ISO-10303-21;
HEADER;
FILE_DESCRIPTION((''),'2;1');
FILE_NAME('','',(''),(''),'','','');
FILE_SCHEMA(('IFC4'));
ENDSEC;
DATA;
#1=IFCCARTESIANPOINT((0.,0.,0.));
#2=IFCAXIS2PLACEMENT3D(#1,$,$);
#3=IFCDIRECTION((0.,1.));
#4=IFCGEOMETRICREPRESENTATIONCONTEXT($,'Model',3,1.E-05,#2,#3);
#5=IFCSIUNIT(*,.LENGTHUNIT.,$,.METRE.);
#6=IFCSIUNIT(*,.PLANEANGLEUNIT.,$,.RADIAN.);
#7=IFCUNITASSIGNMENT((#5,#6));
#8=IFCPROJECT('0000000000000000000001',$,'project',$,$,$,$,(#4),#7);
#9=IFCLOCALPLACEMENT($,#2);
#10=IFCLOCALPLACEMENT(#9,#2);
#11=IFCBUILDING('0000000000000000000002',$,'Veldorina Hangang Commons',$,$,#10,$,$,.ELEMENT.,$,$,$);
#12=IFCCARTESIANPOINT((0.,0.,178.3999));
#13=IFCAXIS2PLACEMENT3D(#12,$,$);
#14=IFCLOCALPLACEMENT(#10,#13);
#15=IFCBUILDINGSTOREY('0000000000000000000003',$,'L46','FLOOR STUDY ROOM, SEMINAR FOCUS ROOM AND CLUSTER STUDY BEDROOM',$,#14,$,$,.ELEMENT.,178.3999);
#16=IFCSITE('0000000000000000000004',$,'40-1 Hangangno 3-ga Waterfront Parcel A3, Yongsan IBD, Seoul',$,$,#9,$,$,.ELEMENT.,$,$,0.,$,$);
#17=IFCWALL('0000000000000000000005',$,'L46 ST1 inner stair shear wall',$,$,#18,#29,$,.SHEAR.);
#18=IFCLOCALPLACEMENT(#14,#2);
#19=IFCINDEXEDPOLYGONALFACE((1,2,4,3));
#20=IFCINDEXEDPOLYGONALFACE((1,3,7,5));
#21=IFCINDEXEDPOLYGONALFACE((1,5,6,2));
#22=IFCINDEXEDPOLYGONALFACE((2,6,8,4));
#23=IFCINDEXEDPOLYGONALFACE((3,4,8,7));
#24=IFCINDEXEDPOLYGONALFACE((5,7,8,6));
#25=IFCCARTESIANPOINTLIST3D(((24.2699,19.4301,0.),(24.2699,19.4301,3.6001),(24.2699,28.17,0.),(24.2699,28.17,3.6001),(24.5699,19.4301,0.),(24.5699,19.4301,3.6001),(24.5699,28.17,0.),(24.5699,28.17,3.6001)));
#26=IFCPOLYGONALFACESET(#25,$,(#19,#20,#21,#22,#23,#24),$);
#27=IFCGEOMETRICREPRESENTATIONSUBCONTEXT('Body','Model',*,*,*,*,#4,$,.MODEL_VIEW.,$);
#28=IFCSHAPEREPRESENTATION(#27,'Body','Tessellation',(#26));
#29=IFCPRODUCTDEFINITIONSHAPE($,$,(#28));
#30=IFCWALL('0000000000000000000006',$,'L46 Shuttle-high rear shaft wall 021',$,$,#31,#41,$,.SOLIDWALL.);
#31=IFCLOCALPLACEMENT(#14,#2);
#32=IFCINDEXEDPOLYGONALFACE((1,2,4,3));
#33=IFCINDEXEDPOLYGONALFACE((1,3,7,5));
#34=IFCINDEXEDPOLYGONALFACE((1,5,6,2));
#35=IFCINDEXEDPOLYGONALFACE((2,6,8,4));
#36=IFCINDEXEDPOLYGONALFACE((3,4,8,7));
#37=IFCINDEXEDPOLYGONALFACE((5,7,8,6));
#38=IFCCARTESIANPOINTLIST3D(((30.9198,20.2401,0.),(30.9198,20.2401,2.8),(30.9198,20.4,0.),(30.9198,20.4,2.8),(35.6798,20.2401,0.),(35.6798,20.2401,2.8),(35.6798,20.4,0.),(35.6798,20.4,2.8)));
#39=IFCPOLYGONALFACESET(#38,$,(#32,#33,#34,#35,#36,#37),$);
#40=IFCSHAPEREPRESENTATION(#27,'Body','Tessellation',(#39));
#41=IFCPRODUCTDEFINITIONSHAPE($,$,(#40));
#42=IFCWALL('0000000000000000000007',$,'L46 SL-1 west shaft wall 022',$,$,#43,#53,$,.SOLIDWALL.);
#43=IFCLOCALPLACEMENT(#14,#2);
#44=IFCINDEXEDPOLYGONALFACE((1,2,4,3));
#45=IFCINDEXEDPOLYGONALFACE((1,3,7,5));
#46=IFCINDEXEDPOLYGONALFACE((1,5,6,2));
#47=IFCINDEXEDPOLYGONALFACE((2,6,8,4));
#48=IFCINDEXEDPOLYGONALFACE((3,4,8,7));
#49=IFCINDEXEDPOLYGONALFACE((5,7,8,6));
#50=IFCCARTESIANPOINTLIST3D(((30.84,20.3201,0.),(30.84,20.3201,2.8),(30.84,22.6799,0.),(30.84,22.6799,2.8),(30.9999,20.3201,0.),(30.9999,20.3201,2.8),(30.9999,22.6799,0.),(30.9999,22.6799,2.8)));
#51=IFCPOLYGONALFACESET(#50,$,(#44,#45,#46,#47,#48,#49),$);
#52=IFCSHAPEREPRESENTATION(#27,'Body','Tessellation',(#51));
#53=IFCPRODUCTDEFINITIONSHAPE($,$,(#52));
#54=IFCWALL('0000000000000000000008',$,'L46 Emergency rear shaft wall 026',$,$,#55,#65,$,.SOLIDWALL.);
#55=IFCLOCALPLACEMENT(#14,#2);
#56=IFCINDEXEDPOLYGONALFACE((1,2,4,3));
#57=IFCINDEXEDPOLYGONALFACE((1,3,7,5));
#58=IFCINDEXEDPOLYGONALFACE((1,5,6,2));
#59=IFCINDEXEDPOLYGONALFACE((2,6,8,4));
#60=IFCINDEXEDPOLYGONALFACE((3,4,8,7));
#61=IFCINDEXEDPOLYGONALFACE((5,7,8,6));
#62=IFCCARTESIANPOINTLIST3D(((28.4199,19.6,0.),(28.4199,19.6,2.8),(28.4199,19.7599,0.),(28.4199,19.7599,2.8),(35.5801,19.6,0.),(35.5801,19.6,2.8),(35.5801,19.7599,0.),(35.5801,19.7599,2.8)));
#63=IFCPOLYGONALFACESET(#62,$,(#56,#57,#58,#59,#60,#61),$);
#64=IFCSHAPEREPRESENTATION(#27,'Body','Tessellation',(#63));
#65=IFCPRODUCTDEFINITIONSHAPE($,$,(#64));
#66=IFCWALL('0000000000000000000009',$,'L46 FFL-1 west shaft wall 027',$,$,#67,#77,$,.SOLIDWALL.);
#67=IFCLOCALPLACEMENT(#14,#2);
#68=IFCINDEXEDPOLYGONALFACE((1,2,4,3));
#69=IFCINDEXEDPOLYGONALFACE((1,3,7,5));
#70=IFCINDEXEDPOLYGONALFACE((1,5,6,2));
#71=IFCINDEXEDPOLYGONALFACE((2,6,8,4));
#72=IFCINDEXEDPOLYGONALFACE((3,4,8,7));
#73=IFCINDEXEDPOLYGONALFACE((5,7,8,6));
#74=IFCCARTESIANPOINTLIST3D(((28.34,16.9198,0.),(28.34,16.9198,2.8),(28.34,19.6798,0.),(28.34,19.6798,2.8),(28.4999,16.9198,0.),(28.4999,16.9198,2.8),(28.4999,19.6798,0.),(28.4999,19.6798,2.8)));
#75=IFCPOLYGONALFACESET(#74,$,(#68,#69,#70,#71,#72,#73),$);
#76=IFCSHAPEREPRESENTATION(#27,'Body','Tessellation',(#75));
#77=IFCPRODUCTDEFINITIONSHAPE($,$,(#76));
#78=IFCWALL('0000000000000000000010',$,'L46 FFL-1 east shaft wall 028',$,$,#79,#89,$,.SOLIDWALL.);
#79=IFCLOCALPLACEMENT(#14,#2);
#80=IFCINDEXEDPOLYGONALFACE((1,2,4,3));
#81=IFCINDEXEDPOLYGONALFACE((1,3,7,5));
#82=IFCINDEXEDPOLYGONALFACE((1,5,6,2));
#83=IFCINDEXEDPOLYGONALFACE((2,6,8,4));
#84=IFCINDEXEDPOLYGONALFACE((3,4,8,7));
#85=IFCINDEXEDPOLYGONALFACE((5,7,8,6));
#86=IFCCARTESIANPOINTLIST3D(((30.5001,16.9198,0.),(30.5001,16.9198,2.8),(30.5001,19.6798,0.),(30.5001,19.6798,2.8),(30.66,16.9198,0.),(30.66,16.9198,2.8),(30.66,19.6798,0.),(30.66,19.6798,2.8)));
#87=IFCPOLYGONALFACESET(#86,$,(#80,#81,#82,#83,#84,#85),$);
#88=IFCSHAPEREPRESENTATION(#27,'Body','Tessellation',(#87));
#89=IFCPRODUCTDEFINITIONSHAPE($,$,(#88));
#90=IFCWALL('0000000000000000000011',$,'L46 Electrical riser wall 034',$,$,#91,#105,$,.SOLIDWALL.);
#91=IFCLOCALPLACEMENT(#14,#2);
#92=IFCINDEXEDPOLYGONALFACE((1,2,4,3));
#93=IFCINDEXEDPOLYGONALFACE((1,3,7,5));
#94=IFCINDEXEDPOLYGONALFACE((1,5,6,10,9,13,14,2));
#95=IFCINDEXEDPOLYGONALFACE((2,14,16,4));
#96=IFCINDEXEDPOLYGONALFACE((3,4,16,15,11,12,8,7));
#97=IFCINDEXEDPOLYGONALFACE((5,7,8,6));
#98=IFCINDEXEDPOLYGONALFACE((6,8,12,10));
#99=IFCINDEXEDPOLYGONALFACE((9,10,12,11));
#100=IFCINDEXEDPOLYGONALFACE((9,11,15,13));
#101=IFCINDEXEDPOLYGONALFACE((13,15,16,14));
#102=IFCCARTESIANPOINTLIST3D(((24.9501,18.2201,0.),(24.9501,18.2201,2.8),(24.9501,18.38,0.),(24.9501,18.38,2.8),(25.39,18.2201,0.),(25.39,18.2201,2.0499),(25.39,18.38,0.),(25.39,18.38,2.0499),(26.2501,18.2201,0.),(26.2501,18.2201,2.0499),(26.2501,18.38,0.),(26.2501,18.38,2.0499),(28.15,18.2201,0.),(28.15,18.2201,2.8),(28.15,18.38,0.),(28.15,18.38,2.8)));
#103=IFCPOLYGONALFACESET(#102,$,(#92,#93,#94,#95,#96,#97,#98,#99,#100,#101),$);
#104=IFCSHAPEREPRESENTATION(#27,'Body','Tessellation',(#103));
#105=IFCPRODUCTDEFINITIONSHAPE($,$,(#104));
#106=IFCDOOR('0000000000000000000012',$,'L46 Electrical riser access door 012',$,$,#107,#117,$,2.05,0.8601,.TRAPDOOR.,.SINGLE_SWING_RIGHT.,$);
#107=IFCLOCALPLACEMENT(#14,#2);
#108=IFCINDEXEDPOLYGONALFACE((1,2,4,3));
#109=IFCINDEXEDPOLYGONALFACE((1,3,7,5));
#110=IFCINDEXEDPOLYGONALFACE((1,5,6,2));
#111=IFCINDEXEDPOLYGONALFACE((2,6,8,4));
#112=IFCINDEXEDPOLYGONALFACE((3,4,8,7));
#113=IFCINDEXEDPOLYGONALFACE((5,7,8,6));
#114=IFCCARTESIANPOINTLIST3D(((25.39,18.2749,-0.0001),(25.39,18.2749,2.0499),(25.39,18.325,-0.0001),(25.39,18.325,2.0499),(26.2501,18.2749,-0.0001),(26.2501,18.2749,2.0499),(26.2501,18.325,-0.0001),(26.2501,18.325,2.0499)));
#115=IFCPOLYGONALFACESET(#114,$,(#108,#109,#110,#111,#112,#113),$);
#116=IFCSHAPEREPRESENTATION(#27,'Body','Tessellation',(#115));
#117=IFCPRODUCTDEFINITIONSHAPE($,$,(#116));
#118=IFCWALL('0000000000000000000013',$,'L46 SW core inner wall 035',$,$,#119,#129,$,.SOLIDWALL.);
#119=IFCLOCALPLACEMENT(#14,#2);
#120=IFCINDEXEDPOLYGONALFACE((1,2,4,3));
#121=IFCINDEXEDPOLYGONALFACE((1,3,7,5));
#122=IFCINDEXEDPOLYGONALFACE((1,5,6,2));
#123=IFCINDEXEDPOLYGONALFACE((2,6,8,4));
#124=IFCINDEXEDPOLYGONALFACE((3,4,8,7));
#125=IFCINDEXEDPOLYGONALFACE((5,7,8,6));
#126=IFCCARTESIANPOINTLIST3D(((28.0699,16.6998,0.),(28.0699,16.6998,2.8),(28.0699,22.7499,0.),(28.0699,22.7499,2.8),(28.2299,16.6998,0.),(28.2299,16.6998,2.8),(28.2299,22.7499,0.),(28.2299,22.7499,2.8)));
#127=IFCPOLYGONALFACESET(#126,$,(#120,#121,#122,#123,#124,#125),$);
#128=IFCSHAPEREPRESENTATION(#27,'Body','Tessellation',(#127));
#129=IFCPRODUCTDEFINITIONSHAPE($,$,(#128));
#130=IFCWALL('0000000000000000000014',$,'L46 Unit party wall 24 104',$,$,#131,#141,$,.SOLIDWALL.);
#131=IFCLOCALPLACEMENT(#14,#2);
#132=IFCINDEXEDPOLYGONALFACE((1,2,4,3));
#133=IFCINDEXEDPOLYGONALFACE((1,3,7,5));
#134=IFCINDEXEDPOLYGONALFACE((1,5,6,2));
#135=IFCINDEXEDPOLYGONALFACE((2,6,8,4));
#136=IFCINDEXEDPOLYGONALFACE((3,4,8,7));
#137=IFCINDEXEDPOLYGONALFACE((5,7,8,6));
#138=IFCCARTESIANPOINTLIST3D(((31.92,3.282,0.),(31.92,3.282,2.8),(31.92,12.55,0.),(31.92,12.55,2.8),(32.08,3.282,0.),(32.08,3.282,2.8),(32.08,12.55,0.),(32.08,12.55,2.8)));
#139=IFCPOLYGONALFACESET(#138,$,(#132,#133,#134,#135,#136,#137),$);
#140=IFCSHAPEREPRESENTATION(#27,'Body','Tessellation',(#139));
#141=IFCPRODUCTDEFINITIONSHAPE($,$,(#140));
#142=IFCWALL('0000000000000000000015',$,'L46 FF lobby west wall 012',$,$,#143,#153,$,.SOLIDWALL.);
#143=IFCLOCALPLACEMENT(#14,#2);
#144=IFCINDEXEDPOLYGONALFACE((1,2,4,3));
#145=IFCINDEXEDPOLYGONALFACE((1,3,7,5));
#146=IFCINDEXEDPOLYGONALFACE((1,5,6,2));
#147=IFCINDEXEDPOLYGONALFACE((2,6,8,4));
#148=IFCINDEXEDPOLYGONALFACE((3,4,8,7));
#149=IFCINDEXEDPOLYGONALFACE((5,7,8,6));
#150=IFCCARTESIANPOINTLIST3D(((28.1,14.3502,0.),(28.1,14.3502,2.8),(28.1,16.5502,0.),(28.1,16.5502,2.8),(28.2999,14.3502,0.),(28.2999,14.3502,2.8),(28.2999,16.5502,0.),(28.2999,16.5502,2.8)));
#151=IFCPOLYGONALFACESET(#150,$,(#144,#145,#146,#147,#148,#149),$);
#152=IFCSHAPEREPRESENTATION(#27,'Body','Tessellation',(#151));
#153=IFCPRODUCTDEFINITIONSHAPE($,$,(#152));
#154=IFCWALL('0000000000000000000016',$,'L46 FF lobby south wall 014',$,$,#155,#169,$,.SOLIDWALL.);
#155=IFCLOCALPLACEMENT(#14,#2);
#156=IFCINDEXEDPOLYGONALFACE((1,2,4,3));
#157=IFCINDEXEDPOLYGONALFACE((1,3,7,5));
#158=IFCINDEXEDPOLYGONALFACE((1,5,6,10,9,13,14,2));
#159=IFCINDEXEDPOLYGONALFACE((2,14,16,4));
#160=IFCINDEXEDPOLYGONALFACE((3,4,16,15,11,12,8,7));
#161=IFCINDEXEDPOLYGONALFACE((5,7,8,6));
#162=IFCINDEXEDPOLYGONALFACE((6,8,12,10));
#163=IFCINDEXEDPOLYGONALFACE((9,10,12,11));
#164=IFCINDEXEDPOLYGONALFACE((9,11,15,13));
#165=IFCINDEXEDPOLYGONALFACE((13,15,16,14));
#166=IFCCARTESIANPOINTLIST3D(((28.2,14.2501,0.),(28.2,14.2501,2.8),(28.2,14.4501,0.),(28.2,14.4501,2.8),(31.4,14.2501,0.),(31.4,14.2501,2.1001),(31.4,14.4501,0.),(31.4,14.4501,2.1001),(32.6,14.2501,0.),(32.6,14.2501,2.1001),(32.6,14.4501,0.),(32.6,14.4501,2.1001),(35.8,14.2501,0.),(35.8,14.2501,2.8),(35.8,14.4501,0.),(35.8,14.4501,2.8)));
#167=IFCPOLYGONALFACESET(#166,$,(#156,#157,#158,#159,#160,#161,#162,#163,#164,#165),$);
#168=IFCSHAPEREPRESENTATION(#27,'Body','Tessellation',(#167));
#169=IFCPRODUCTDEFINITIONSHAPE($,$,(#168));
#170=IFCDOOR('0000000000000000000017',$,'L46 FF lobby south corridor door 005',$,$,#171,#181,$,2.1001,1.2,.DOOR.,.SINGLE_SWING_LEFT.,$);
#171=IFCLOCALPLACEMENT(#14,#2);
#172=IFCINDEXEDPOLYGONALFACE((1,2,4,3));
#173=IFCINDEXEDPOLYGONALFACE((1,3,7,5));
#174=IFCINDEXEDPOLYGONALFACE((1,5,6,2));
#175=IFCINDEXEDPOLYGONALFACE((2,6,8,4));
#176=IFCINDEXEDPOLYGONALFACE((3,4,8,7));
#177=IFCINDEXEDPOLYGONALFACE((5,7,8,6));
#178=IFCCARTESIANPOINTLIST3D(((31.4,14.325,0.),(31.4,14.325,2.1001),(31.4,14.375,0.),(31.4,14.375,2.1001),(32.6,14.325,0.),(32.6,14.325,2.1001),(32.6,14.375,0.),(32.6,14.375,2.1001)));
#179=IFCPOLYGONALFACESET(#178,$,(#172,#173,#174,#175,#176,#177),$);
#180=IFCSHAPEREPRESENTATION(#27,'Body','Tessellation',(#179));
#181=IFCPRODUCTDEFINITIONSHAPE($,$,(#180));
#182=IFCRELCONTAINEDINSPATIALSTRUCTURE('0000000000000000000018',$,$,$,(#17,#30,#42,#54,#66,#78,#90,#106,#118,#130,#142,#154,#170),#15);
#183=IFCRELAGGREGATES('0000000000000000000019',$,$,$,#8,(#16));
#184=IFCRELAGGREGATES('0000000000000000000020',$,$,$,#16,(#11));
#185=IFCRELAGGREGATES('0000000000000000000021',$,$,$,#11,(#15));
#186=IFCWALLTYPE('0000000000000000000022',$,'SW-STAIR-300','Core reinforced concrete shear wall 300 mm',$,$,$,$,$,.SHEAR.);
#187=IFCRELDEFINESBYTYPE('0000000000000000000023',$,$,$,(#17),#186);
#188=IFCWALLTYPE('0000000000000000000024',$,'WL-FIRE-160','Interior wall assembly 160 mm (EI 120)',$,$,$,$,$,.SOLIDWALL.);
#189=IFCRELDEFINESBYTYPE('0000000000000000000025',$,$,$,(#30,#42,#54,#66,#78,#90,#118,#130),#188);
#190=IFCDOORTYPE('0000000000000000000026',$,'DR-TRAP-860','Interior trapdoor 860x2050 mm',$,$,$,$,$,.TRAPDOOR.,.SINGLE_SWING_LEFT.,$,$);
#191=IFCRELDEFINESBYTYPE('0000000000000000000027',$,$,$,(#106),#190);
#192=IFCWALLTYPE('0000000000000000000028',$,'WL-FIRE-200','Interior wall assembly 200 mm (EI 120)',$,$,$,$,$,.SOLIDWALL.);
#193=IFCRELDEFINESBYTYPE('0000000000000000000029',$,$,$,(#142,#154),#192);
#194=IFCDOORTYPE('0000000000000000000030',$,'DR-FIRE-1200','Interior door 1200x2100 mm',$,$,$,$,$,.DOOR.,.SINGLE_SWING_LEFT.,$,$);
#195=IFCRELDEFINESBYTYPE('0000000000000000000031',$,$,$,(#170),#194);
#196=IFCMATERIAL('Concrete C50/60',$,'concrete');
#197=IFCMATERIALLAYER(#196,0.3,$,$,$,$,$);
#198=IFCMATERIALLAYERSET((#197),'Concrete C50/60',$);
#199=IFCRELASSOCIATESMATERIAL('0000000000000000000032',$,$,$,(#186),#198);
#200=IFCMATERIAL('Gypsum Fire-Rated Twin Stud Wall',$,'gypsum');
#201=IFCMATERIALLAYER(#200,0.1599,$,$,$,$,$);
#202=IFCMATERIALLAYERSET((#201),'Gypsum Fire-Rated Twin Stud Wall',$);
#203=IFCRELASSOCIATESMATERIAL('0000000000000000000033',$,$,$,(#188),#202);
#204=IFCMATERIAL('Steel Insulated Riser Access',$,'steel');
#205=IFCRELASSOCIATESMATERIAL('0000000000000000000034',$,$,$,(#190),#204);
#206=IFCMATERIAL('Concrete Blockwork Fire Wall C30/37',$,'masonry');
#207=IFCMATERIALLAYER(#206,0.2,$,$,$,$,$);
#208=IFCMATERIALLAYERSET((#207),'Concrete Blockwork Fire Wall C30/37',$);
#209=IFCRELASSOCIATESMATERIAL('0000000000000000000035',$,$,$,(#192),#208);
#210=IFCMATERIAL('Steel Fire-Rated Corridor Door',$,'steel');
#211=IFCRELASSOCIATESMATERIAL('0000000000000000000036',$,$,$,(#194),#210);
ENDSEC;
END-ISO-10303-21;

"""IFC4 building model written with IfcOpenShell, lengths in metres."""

from ifc_helpers import new_model, si_unit, direction, frame, frame_2d, origin, place, context, subcontext, project, spatial, rectangle, extrude, material, layer, layer_set, type_object, element, fill, save


model = new_model("IFC4")

# Units and contexts
model_context = context("Model", 3, precision=1e-05, world=origin(), true_north=direction((0.0, 1.0)))
body_context = subcontext(model_context, "Body", "Model", "MODEL_VIEW")
ifc_project = project(units=[si_unit("LENGTHUNIT", "METRE"), si_unit("PLANEANGLEUNIT", "RADIAN")], contexts=[model_context])

# Site, building, storey
site_placement = place(None, origin())
site = spatial("IfcSite", under=ifc_project, at=site_placement, Name="40-1 Hangangno 3-ga Waterfront Parcel A3, Yongsan IBD, Seoul", CompositionType="ELEMENT", RefElevation=0.0)
building_placement = place(site_placement, origin())
building = spatial("IfcBuilding", under=site, at=building_placement, Name="Veldorina Hangang Commons", CompositionType="ELEMENT")
storey_placement = place(building_placement, frame((0.0, 0.0, 178.3999)))
storey = spatial("IfcBuildingStorey", under=building, at=storey_placement, Name="L46", Description="FLOOR STUDY ROOM, SEMINAR FOCUS ROOM AND CLUSTER STUDY BEDROOM", CompositionType="ELEMENT", Elevation=178.3999)

# Walls
ifc_material_1 = material(Name="Concrete C50/60", Category="concrete")
ifc_layer_1 = layer(ifc_material_1, 0.3)
ifc_layer_set_1 = layer_set([ifc_layer_1], Name="Concrete C50/60")
wall_type_1 = type_object("IfcWallType", Name="SW-STAIR-300", Description="Core reinforced concrete shear wall 300 mm", PredefinedType="SHEAR", material=ifc_layer_set_1)
wall_1_placement = place(storey_placement, frame((24.4199, 19.4299, 0.0), z_axis=(0.0, 0.0, 1.0), x_axis=(0.0, 1.0, 0.0)))
element("IfcWall", 1, at=wall_1_placement, inside=storey, type_object=wall_type_1, Name="L46 ST1 inner stair shear wall", PredefinedType="SHEAR", context=body_context, shape_type="SweptSolid", body=[
    extrude(rectangle(XDim=8.74, YDim=0.3, at=frame_2d((4.3701, 0.0))), origin(), (0.0, 0.0, 1.0), 3.6001),
])
ifc_material_2 = material(Name="Gypsum Fire-Rated Twin Stud Wall", Category="gypsum")
ifc_layer_2 = layer(ifc_material_2, 0.1599)
ifc_layer_set_2 = layer_set([ifc_layer_2], Name="Gypsum Fire-Rated Twin Stud Wall")
wall_type_2 = type_object("IfcWallType", Name="WL-FIRE-160", Description="Interior wall assembly 160 mm (EI 120)", PredefinedType="SOLIDWALL", material=ifc_layer_set_2)
wall_2_placement = place(storey_placement, frame((30.9199, 20.3201, 0.0), z_axis=(0.0, 0.0, 1.0), x_axis=(1.0, 0.0, 0.0)))
element("IfcWall", 2, at=wall_2_placement, inside=storey, type_object=wall_type_2, Name="L46 Shuttle-high rear shaft wall 021", PredefinedType="SOLIDWALL", context=body_context, shape_type="SweptSolid", body=[
    extrude(rectangle(XDim=4.76, YDim=0.1599, at=frame_2d((2.3799, 0.0))), origin(), (0.0, 0.0, 1.0), 2.8),
])
wall_3_placement = place(storey_placement, frame((30.9199, 20.3201, 0.0), z_axis=(0.0, 0.0, 1.0), x_axis=(0.0, 1.0, 0.0)))
element("IfcWall", 3, at=wall_3_placement, inside=storey, type_object=wall_type_2, Name="L46 SL-1 west shaft wall 022", PredefinedType="SOLIDWALL", context=body_context, shape_type="SweptSolid", body=[
    extrude(rectangle(XDim=2.3599, YDim=0.1599, at=frame_2d((1.1799, 0.0))), origin(), (0.0, 0.0, 1.0), 2.8),
])

# Walls
wall_4_placement = place(storey_placement, frame((28.4199, 19.6799, 0.0), z_axis=(0.0, 0.0, 1.0), x_axis=(1.0, 0.0, 0.0)))
element("IfcWall", 4, at=wall_4_placement, inside=storey, type_object=wall_type_2, Name="L46 Emergency rear shaft wall 026", PredefinedType="SOLIDWALL", context=body_context, shape_type="SweptSolid", body=[
    extrude(rectangle(XDim=7.1602, YDim=0.1599, at=frame_2d((3.5801, 0.0))), origin(), (0.0, 0.0, 1.0), 2.8),
])
for number, where, z_axis, x_axis, name in (
    (5, (28.4199, 16.9199, 0.0), (0.0, 0.0, 1.0), (0.0, 1.0, 0.0), "L46 FFL-1 west shaft wall 027"),
    (6, (30.5801, 16.9199, 0.0), (0.0, 0.0, 1.0), (0.0, 1.0, 0.0), "L46 FFL-1 east shaft wall 028"),
):
    element("IfcWall", number, at=place(storey_placement, frame(where, z_axis=z_axis, x_axis=x_axis)), inside=storey, type_object=wall_type_2, Name=name, PredefinedType="SOLIDWALL", context=body_context, shape_type="SweptSolid", body=[
        extrude(rectangle(XDim=2.76, YDim=0.1599, at=frame_2d((1.3799, 0.0))), origin(), (0.0, 0.0, 1.0), 2.8),
    ])

# Wall, opening, door
wall_5_placement = place(storey_placement, frame((24.95, 18.3, 0.0), z_axis=(0.0, 0.0, 1.0), x_axis=(1.0, 0.0, 0.0)))
wall_5 = element("IfcWall", 7, at=wall_5_placement, inside=storey, type_object=wall_type_2, Name="L46 Electrical riser wall 034", PredefinedType="SOLIDWALL", context=body_context, shape_type="SweptSolid", body=[
    extrude(rectangle(XDim=3.2, YDim=0.1599, at=frame_2d((1.6001, 0.0))), origin(), (0.0, 0.0, 1.0), 2.8),
])
opening_1_placement = place(wall_5_placement, frame((0.4399, 0.0, 0.0)))
opening_1 = element("IfcOpeningElement", 8, at=opening_1_placement, cuts=wall_5, PredefinedType="OPENING", context=body_context, shape_type="SweptSolid", body=[
    extrude(rectangle(XDim=0.8601, YDim=2.05, at=frame_2d((0.4302, 1.0249))), frame((0.0, 0.0898, 0.0), z_axis=(0.0, -1.0, 0.0), x_axis=(1.0, 0.0, 0.0)), (0.0, 0.0, 1.0), 0.1799),
])
ifc_material_3 = material(Name="Steel Insulated Riser Access", Category="steel")
door_type_1 = type_object("IfcDoorType", Name="DR-TRAP-860", Description="Interior trapdoor 860x2050 mm", OperationType="SINGLE_SWING_LEFT", PredefinedType="TRAPDOOR", material=ifc_material_3)
door_1_placement = place(opening_1_placement, origin())
door_1 = element("IfcDoor", 9, at=door_1_placement, inside=storey, type_object=door_type_1, Name="L46 Electrical riser access door 012", OperationType="SINGLE_SWING_RIGHT", OverallHeight=2.05, OverallWidth=0.8601, PredefinedType="TRAPDOOR", context=body_context, shape_type="SweptSolid", body=[
    extrude(rectangle(XDim=0.8601, YDim=2.05, at=frame_2d((0.4302, 1.0249))), frame((0.0, 0.0249, 0.0), z_axis=(0.0, -1.0, 0.0), x_axis=(1.0, 0.0, 0.0)), (0.0, 0.0, 1.0), 0.05),
])
fill(opening_1, door_1)

# Walls
wall_6_placement = place(storey_placement, frame((28.1499, 16.7, 0.0), z_axis=(0.0, 0.0, 1.0), x_axis=(0.0, 1.0, 0.0)))
element("IfcWall", 10, at=wall_6_placement, inside=storey, type_object=wall_type_2, Name="L46 SW core inner wall 035", PredefinedType="SOLIDWALL", context=body_context, shape_type="SweptSolid", body=[
    extrude(rectangle(XDim=6.05, YDim=0.1599, at=frame_2d((3.0249, 0.0))), origin(), (0.0, 0.0, 1.0), 2.8),
])
wall_7_placement = place(storey_placement, frame((32.0, 12.55, 0.0), z_axis=(0.0, 0.0, 1.0), x_axis=(0.0, -1.0, 0.0)))
element("IfcWall", 11, at=wall_7_placement, inside=storey, type_object=wall_type_2, Name="L46 Unit party wall 24 104", PredefinedType="SOLIDWALL", context=body_context, shape_type="SweptSolid", body=[
    extrude(rectangle(XDim=9.2681, YDim=0.1599, at=frame_2d((4.634, 0.0))), origin(), (0.0, 0.0, 1.0), 2.8),
])
ifc_material_4 = material(Name="Concrete Blockwork Fire Wall C30/37", Category="masonry")
ifc_layer_3 = layer(ifc_material_4, 0.2)
ifc_layer_set_3 = layer_set([ifc_layer_3], Name="Concrete Blockwork Fire Wall C30/37")
wall_type_3 = type_object("IfcWallType", Name="WL-FIRE-200", Description="Interior wall assembly 200 mm (EI 120)", PredefinedType="SOLIDWALL", material=ifc_layer_set_3)
wall_8_placement = place(storey_placement, frame((28.2, 14.3501, 0.0), z_axis=(0.0, 0.0, 1.0), x_axis=(0.0, 1.0, 0.0)))
element("IfcWall", 12, at=wall_8_placement, inside=storey, type_object=wall_type_3, Name="L46 FF lobby west wall 012", PredefinedType="SOLIDWALL", context=body_context, shape_type="SweptSolid", body=[
    extrude(rectangle(XDim=2.2, YDim=0.2, at=frame_2d((1.1001, 0.0))), origin(), (0.0, 0.0, 1.0), 2.8),
])

# Wall, opening, door
wall_9_placement = place(storey_placement, frame((28.2, 14.3501, 0.0), z_axis=(0.0, 0.0, 1.0), x_axis=(1.0, 0.0, 0.0)))
wall_9 = element("IfcWall", 13, at=wall_9_placement, inside=storey, type_object=wall_type_3, Name="L46 FF lobby south wall 014", PredefinedType="SOLIDWALL", context=body_context, shape_type="SweptSolid", body=[
    extrude(rectangle(XDim=7.6001, YDim=0.2, at=frame_2d((3.8, 0.0))), origin(), (0.0, 0.0, 1.0), 2.8),
])
opening_2_placement = place(wall_9_placement, frame((3.2, 0.0, 0.0)))
opening_2 = element("IfcOpeningElement", 14, at=opening_2_placement, cuts=wall_9, PredefinedType="OPENING", context=body_context, shape_type="SweptSolid", body=[
    extrude(rectangle(XDim=1.2, YDim=2.1001, at=frame_2d((0.6001, 1.05))), frame((0.0, 0.1099, 0.0), z_axis=(0.0, -1.0, 0.0), x_axis=(1.0, 0.0, 0.0)), (0.0, 0.0, 1.0), 0.22),
])
ifc_material_5 = material(Name="Steel Fire-Rated Corridor Door", Category="steel")
door_type_2 = type_object("IfcDoorType", Name="DR-FIRE-1200", Description="Interior door 1200x2100 mm", OperationType="SINGLE_SWING_LEFT", PredefinedType="DOOR", material=ifc_material_5)
door_2_placement = place(opening_2_placement, origin())
door_2 = element("IfcDoor", 15, at=door_2_placement, inside=storey, type_object=door_type_2, Name="L46 FF lobby south corridor door 005", OperationType="SINGLE_SWING_LEFT", OverallHeight=2.1001, OverallWidth=1.2, PredefinedType="DOOR", context=body_context, shape_type="SweptSolid", body=[
    extrude(rectangle(XDim=1.2, YDim=2.1001, at=frame_2d((0.6001, 1.05))), frame((0.0, 0.0249, 0.0), z_axis=(0.0, -1.0, 0.0), x_axis=(1.0, 0.0, 0.0)), (0.0, 0.0, 1.0), 0.05),
])
fill(opening_2, door_2)

save(model, "model.ifc")
